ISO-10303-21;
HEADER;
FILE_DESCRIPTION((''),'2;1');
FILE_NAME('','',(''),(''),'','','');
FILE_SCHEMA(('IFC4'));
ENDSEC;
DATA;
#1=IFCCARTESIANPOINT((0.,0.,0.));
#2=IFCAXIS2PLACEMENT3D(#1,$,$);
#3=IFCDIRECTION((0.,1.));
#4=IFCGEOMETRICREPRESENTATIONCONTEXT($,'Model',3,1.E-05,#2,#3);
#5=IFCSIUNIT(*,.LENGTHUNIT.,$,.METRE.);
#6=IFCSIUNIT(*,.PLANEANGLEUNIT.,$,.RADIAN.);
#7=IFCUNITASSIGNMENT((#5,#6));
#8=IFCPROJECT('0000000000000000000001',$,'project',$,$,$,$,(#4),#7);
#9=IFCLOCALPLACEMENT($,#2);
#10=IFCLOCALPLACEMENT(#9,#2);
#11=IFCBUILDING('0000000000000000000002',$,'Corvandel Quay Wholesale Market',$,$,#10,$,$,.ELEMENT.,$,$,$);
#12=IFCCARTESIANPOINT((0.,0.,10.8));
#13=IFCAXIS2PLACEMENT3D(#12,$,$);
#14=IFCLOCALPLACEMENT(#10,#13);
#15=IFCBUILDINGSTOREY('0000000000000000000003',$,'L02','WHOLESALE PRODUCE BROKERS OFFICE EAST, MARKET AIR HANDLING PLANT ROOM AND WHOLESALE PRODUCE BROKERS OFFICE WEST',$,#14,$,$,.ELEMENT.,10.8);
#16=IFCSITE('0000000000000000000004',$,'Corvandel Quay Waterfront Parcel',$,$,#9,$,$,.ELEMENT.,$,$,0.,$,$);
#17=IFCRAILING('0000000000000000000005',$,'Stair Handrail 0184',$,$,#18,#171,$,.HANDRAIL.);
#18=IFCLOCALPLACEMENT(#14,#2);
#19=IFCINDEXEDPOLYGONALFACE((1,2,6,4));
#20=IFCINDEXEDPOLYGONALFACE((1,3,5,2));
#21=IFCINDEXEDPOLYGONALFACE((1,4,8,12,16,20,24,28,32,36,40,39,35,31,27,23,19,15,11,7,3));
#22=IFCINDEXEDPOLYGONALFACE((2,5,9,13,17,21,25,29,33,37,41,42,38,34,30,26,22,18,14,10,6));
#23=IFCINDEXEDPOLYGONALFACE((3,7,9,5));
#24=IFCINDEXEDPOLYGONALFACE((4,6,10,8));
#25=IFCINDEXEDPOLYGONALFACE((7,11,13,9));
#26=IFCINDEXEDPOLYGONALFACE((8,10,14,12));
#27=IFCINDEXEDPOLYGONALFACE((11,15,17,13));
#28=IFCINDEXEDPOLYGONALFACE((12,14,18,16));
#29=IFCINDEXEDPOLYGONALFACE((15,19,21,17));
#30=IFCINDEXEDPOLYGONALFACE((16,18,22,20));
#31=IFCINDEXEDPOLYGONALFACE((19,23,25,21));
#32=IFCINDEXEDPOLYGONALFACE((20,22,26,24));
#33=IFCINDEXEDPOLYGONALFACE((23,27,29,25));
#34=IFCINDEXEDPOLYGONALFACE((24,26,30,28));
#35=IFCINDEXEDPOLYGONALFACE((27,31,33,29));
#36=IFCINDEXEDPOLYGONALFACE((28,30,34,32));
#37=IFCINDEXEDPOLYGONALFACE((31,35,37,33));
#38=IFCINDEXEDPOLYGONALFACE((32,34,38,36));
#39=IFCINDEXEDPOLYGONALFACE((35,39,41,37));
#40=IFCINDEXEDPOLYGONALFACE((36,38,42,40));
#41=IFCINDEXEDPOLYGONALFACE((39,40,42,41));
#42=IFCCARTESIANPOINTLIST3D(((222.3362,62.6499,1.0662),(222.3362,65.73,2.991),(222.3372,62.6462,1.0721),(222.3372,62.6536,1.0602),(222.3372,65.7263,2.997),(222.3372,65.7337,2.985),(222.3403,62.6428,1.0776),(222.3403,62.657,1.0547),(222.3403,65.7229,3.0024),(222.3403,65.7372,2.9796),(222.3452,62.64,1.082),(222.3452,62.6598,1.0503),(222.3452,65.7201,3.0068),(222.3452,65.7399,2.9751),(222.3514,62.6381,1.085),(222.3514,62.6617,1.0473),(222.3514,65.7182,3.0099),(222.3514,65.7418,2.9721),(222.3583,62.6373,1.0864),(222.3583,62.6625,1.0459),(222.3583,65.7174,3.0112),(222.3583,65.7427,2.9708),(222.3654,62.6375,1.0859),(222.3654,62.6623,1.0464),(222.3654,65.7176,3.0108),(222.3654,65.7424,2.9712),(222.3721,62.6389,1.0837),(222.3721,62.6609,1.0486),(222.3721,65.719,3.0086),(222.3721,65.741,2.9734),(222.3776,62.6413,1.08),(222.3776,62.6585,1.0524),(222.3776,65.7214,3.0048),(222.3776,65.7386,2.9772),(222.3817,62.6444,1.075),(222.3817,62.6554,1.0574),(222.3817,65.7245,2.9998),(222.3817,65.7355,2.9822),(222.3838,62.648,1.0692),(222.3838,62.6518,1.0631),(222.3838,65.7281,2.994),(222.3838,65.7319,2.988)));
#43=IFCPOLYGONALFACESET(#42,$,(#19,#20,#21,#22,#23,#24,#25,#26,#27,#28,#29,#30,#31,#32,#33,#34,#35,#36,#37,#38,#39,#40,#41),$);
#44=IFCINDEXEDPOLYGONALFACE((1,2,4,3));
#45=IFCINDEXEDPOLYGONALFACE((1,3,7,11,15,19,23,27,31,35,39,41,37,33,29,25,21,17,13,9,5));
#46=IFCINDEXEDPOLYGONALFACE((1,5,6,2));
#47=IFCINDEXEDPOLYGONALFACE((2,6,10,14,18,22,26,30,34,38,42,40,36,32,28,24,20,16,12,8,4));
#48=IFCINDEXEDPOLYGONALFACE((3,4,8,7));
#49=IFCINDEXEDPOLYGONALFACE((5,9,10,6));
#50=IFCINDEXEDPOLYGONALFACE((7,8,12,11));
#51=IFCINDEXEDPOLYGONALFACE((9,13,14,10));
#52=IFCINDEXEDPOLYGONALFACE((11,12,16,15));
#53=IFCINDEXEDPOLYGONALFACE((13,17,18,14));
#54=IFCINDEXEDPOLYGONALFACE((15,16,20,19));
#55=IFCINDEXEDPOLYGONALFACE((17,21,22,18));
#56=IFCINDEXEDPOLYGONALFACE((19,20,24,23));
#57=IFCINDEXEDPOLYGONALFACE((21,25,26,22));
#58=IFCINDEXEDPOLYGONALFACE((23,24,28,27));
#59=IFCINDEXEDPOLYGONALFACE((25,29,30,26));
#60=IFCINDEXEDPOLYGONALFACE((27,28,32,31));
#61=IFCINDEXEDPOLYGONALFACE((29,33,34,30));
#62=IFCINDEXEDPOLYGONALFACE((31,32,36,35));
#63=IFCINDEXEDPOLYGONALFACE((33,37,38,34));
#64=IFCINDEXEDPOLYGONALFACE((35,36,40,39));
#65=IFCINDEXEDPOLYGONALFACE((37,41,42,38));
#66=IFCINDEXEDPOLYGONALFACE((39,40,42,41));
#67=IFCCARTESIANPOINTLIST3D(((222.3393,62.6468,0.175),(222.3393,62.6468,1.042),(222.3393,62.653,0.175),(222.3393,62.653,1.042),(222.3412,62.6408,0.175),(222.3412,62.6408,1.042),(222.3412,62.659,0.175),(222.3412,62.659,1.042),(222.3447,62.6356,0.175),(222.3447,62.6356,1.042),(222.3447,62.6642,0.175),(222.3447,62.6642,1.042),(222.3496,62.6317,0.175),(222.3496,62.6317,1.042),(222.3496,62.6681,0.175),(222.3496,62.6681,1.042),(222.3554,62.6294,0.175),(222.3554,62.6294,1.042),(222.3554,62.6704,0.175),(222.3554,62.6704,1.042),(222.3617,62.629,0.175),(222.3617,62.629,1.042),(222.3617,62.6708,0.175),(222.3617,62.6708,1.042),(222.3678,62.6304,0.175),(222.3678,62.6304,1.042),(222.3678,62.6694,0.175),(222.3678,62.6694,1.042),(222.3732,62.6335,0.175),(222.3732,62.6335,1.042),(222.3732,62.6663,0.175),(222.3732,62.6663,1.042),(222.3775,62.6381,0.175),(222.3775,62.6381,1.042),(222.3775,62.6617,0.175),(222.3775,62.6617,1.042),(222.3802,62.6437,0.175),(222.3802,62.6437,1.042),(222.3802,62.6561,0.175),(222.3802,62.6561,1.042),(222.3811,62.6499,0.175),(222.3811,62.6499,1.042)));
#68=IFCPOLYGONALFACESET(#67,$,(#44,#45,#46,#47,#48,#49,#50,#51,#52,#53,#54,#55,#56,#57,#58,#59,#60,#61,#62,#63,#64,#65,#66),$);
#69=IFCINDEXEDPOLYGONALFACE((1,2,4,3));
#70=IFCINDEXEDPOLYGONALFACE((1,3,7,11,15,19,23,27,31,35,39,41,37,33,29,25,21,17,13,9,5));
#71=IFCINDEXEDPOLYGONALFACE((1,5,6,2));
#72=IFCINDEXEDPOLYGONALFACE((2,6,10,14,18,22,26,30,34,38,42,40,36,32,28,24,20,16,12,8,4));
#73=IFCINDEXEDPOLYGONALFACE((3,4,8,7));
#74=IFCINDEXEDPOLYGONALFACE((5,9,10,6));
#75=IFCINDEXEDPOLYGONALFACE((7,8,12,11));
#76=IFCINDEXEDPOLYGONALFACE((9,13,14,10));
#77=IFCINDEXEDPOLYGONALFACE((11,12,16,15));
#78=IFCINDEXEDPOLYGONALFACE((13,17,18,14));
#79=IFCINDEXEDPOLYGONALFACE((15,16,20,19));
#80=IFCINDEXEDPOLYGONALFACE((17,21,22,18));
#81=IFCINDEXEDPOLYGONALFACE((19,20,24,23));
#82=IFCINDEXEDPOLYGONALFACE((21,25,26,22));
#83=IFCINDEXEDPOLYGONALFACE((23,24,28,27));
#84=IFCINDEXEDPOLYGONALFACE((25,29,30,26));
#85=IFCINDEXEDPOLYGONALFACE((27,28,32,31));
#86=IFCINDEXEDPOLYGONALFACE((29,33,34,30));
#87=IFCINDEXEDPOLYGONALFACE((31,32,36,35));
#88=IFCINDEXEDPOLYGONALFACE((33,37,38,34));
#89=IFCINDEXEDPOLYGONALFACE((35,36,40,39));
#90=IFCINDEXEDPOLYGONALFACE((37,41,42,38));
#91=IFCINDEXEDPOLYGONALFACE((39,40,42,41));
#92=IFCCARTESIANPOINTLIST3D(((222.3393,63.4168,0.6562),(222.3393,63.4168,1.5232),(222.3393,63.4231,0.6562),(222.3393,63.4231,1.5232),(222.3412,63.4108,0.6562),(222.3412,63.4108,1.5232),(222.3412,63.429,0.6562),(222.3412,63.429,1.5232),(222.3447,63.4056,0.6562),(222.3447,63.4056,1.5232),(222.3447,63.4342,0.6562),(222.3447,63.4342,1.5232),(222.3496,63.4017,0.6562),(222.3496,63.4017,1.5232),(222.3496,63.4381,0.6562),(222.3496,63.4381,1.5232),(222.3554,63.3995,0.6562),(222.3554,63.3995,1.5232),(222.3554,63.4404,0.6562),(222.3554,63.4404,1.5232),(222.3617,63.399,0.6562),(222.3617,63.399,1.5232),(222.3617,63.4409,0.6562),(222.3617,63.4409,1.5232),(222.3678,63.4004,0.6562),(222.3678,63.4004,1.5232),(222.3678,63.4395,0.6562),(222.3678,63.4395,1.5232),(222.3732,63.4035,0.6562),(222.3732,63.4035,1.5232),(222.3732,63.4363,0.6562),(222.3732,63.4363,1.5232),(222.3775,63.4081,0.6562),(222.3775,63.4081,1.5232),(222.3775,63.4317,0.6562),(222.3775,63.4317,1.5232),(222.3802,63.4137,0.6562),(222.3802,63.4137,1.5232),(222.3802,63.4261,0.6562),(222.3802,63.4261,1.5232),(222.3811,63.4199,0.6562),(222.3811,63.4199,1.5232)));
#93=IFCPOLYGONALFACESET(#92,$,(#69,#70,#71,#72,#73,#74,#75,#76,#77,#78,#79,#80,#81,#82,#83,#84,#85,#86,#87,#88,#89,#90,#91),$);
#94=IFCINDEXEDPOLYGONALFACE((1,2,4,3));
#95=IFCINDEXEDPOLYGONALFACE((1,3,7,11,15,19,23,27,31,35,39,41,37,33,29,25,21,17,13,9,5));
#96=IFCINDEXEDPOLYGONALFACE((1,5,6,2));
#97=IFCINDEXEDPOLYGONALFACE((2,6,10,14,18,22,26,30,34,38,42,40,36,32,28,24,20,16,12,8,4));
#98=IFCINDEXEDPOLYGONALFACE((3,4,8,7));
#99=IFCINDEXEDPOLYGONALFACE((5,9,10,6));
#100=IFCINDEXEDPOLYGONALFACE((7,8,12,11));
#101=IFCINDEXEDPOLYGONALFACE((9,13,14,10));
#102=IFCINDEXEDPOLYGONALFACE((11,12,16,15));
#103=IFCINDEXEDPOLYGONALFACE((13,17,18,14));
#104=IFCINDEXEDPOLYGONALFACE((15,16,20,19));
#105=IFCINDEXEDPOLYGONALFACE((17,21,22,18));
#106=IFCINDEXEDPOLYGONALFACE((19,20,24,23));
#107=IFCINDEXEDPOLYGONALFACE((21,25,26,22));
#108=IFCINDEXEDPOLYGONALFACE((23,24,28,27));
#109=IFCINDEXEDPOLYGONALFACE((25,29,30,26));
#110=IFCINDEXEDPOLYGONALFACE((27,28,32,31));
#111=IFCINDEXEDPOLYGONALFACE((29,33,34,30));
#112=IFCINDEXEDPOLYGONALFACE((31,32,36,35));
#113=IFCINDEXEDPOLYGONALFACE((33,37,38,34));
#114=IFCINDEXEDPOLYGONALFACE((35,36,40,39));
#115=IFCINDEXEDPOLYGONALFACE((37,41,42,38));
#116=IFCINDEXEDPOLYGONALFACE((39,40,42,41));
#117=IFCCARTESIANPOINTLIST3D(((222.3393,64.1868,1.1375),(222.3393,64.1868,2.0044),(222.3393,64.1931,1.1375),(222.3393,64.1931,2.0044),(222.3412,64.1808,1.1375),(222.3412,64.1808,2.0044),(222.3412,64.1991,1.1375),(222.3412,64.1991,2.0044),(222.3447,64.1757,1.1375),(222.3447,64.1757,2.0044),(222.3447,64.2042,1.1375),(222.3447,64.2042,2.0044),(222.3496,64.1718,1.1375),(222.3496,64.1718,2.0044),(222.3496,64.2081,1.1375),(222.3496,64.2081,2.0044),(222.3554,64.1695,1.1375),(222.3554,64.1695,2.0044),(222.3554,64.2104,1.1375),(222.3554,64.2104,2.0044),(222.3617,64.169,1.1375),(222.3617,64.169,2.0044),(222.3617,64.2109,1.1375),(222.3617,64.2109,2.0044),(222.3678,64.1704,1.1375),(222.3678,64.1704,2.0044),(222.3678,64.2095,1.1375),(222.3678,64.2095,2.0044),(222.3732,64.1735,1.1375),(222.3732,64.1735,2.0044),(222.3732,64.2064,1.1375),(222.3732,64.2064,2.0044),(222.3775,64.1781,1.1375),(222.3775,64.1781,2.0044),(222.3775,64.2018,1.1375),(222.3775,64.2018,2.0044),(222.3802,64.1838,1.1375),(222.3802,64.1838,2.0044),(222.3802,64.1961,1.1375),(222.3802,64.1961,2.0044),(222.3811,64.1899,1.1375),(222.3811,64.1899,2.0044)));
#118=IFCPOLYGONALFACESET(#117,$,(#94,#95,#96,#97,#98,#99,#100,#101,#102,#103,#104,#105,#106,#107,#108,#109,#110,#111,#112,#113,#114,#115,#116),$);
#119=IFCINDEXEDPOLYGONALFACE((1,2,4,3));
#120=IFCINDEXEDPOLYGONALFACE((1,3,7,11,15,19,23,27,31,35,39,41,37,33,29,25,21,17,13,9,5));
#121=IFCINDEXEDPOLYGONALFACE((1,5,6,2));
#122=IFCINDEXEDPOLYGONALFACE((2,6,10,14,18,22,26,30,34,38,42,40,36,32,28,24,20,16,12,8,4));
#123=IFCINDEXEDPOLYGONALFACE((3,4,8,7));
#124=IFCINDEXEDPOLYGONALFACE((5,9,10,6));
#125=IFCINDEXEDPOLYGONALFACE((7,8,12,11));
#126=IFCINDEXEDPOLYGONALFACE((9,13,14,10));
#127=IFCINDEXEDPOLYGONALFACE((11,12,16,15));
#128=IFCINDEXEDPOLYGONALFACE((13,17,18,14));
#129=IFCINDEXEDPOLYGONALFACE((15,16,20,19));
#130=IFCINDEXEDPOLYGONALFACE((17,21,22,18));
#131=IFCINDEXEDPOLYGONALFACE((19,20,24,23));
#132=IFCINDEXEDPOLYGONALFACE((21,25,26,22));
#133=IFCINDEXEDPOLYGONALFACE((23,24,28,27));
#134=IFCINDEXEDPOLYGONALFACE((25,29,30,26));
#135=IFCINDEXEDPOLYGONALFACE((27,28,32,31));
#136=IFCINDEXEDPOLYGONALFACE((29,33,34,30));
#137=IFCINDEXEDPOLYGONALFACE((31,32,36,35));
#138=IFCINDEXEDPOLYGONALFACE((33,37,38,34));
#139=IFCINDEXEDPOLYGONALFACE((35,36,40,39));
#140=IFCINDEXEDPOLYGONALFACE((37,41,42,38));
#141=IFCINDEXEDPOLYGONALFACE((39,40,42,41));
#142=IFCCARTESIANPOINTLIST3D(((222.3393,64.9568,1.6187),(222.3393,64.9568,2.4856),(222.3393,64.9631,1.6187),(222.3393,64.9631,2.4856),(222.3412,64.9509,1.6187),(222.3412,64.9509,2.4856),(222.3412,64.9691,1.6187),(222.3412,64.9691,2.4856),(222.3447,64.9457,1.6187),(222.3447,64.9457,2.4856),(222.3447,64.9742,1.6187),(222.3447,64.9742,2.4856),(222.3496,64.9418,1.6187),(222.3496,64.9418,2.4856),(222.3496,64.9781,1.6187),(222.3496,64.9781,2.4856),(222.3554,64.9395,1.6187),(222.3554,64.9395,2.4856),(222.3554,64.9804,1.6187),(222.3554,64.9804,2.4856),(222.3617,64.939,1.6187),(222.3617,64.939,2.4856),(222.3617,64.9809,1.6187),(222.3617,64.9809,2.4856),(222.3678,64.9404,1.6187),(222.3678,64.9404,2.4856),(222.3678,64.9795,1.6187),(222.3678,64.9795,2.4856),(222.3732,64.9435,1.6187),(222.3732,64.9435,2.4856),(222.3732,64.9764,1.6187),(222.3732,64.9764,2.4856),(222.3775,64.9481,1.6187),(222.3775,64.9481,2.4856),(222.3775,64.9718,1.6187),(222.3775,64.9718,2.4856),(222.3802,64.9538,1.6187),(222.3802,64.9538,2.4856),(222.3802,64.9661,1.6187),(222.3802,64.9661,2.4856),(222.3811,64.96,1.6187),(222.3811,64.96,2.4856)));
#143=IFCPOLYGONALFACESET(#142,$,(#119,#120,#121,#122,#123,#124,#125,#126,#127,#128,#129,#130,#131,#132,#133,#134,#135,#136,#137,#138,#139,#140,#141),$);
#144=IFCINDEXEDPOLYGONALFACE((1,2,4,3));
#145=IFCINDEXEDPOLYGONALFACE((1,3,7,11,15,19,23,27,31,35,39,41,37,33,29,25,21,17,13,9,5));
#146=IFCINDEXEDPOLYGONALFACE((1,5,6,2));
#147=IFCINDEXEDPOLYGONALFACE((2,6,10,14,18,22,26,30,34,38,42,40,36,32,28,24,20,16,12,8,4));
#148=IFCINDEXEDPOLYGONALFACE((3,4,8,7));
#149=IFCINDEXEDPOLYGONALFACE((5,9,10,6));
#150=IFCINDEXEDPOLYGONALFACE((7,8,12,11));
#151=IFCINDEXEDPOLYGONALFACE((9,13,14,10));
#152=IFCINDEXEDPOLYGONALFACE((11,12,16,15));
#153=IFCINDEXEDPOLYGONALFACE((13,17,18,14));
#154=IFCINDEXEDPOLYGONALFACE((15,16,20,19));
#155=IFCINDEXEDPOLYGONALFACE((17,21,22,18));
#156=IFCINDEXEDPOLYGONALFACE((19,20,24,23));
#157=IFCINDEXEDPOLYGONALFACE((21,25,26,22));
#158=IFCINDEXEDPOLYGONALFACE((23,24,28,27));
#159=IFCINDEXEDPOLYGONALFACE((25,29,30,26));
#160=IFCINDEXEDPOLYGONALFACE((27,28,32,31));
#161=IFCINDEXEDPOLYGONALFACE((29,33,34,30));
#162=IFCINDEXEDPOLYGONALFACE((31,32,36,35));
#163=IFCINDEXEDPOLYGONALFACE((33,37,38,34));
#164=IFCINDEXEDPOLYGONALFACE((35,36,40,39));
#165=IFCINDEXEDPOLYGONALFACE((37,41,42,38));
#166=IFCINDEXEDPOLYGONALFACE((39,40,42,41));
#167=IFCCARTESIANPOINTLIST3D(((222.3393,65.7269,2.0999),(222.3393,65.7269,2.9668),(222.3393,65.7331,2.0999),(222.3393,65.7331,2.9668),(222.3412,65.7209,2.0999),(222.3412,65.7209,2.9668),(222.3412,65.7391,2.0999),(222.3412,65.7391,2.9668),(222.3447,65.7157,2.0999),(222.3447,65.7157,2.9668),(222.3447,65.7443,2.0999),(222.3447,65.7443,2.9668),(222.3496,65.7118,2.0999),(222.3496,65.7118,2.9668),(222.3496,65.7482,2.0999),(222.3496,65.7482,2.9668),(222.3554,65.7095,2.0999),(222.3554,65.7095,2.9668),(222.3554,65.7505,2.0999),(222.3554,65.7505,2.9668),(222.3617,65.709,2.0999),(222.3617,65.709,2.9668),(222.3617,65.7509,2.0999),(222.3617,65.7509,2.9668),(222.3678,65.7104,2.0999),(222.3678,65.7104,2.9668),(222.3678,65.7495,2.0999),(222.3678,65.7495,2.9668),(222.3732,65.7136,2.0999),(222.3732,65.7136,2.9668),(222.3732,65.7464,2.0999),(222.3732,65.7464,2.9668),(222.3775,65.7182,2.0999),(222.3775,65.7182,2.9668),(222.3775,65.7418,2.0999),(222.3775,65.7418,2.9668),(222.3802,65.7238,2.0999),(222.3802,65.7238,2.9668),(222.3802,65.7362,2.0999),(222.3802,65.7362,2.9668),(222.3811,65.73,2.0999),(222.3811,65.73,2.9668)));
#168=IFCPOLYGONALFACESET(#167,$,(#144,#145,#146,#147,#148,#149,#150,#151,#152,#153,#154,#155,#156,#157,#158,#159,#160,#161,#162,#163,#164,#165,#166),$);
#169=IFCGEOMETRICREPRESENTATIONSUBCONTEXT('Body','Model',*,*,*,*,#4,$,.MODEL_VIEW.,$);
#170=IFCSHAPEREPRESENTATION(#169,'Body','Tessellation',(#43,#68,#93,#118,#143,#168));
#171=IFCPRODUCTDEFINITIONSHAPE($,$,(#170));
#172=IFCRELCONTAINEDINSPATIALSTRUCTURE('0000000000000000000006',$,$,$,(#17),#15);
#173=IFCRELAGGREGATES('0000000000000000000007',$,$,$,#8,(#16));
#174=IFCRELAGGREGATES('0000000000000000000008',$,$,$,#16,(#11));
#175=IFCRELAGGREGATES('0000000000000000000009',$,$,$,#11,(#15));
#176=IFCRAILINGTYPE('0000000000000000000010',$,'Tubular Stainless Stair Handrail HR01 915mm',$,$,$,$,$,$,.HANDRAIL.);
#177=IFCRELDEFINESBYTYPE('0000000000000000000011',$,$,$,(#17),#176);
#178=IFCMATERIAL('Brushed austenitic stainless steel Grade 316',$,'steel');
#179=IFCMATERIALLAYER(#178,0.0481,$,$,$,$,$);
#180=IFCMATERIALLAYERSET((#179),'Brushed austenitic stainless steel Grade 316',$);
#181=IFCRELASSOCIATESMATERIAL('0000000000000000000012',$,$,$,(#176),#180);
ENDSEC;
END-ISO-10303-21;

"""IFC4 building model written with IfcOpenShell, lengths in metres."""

from ifc_helpers import new_model, si_unit, direction, frame, origin, origin_2d, place, context, subcontext, project, spatial, circle, extrude, material, layer, layer_set, type_object, element, save


model = new_model("IFC4")

# Units and contexts
model_context = context("Model", 3, precision=1e-05, world=origin(), true_north=direction((0.0, 1.0)))
body_context = subcontext(model_context, "Body", "Model", "MODEL_VIEW")
ifc_project = project(units=[si_unit("LENGTHUNIT", "METRE"), si_unit("PLANEANGLEUNIT", "RADIAN")], contexts=[model_context])

# Site, building, storey
site_placement = place(None, origin())
site = spatial("IfcSite", under=ifc_project, at=site_placement, Name="Corvandel Quay Waterfront Parcel", CompositionType="ELEMENT", RefElevation=0.0)
building_placement = place(site_placement, origin())
building = spatial("IfcBuilding", under=site, at=building_placement, Name="Corvandel Quay Wholesale Market", CompositionType="ELEMENT")
storey_placement = place(building_placement, frame((0.0, 0.0, 10.8)))
storey = spatial("IfcBuildingStorey", under=building, at=storey_placement, Name="L02", Description="WHOLESALE PRODUCE BROKERS OFFICE EAST, MARKET AIR HANDLING PLANT ROOM AND WHOLESALE PRODUCE BROKERS OFFICE WEST", CompositionType="ELEMENT", Elevation=10.8)

# Railing
ifc_material_1 = material(Name="Brushed austenitic stainless steel Grade 316", Category="steel")
ifc_layer_1 = layer(ifc_material_1, 0.0481)
ifc_layer_set_1 = layer_set([ifc_layer_1], Name="Brushed austenitic stainless steel Grade 316")
railing_type_1 = type_object("IfcRailingType", Name="Tubular Stainless Stair Handrail HR01 915mm", PredefinedType="HANDRAIL", material=ifc_layer_set_1)
for number, where, name in (
    (1, (222.3601, 62.6499, 0.175), "Stair Handrail 0184"),
):
    element("IfcRailing", number, at=place(storey_placement, frame(where)), inside=storey, type_object=railing_type_1, Name=name, PredefinedType="HANDRAIL", context=body_context, shape_type="SweptSolid", body=[
        extrude(circle(Radius=0.0239, at=origin_2d()), frame((0.0, 0.0, 0.8911), z_axis=(0.0, 0.848029, 0.529951), x_axis=(-1.0, 0.0, 0.0)), (0.0, 0.0, 1.0), 3.6321),
        extrude(circle(Radius=0.021, at=origin_2d()), origin(), (0.0, 0.0, 1.0), 0.8669),
        extrude(circle(Radius=0.021, at=origin_2d()), frame((0.0, 0.77, 0.4812)), (0.0, 0.0, 1.0), 0.8669),
        extrude(circle(Radius=0.021, at=origin_2d()), frame((0.0, 1.54, 0.9624)), (0.0, 0.0, 1.0), 0.8669),
        extrude(circle(Radius=0.021, at=origin_2d()), frame((0.0, 2.3101, 1.4436)), (0.0, 0.0, 1.0), 0.8669),
        extrude(circle(Radius=0.021, at=origin_2d()), frame((0.0, 3.0801, 1.9248)), (0.0, 0.0, 1.0), 0.8669),
    ])

save(model, "model.ifc")
